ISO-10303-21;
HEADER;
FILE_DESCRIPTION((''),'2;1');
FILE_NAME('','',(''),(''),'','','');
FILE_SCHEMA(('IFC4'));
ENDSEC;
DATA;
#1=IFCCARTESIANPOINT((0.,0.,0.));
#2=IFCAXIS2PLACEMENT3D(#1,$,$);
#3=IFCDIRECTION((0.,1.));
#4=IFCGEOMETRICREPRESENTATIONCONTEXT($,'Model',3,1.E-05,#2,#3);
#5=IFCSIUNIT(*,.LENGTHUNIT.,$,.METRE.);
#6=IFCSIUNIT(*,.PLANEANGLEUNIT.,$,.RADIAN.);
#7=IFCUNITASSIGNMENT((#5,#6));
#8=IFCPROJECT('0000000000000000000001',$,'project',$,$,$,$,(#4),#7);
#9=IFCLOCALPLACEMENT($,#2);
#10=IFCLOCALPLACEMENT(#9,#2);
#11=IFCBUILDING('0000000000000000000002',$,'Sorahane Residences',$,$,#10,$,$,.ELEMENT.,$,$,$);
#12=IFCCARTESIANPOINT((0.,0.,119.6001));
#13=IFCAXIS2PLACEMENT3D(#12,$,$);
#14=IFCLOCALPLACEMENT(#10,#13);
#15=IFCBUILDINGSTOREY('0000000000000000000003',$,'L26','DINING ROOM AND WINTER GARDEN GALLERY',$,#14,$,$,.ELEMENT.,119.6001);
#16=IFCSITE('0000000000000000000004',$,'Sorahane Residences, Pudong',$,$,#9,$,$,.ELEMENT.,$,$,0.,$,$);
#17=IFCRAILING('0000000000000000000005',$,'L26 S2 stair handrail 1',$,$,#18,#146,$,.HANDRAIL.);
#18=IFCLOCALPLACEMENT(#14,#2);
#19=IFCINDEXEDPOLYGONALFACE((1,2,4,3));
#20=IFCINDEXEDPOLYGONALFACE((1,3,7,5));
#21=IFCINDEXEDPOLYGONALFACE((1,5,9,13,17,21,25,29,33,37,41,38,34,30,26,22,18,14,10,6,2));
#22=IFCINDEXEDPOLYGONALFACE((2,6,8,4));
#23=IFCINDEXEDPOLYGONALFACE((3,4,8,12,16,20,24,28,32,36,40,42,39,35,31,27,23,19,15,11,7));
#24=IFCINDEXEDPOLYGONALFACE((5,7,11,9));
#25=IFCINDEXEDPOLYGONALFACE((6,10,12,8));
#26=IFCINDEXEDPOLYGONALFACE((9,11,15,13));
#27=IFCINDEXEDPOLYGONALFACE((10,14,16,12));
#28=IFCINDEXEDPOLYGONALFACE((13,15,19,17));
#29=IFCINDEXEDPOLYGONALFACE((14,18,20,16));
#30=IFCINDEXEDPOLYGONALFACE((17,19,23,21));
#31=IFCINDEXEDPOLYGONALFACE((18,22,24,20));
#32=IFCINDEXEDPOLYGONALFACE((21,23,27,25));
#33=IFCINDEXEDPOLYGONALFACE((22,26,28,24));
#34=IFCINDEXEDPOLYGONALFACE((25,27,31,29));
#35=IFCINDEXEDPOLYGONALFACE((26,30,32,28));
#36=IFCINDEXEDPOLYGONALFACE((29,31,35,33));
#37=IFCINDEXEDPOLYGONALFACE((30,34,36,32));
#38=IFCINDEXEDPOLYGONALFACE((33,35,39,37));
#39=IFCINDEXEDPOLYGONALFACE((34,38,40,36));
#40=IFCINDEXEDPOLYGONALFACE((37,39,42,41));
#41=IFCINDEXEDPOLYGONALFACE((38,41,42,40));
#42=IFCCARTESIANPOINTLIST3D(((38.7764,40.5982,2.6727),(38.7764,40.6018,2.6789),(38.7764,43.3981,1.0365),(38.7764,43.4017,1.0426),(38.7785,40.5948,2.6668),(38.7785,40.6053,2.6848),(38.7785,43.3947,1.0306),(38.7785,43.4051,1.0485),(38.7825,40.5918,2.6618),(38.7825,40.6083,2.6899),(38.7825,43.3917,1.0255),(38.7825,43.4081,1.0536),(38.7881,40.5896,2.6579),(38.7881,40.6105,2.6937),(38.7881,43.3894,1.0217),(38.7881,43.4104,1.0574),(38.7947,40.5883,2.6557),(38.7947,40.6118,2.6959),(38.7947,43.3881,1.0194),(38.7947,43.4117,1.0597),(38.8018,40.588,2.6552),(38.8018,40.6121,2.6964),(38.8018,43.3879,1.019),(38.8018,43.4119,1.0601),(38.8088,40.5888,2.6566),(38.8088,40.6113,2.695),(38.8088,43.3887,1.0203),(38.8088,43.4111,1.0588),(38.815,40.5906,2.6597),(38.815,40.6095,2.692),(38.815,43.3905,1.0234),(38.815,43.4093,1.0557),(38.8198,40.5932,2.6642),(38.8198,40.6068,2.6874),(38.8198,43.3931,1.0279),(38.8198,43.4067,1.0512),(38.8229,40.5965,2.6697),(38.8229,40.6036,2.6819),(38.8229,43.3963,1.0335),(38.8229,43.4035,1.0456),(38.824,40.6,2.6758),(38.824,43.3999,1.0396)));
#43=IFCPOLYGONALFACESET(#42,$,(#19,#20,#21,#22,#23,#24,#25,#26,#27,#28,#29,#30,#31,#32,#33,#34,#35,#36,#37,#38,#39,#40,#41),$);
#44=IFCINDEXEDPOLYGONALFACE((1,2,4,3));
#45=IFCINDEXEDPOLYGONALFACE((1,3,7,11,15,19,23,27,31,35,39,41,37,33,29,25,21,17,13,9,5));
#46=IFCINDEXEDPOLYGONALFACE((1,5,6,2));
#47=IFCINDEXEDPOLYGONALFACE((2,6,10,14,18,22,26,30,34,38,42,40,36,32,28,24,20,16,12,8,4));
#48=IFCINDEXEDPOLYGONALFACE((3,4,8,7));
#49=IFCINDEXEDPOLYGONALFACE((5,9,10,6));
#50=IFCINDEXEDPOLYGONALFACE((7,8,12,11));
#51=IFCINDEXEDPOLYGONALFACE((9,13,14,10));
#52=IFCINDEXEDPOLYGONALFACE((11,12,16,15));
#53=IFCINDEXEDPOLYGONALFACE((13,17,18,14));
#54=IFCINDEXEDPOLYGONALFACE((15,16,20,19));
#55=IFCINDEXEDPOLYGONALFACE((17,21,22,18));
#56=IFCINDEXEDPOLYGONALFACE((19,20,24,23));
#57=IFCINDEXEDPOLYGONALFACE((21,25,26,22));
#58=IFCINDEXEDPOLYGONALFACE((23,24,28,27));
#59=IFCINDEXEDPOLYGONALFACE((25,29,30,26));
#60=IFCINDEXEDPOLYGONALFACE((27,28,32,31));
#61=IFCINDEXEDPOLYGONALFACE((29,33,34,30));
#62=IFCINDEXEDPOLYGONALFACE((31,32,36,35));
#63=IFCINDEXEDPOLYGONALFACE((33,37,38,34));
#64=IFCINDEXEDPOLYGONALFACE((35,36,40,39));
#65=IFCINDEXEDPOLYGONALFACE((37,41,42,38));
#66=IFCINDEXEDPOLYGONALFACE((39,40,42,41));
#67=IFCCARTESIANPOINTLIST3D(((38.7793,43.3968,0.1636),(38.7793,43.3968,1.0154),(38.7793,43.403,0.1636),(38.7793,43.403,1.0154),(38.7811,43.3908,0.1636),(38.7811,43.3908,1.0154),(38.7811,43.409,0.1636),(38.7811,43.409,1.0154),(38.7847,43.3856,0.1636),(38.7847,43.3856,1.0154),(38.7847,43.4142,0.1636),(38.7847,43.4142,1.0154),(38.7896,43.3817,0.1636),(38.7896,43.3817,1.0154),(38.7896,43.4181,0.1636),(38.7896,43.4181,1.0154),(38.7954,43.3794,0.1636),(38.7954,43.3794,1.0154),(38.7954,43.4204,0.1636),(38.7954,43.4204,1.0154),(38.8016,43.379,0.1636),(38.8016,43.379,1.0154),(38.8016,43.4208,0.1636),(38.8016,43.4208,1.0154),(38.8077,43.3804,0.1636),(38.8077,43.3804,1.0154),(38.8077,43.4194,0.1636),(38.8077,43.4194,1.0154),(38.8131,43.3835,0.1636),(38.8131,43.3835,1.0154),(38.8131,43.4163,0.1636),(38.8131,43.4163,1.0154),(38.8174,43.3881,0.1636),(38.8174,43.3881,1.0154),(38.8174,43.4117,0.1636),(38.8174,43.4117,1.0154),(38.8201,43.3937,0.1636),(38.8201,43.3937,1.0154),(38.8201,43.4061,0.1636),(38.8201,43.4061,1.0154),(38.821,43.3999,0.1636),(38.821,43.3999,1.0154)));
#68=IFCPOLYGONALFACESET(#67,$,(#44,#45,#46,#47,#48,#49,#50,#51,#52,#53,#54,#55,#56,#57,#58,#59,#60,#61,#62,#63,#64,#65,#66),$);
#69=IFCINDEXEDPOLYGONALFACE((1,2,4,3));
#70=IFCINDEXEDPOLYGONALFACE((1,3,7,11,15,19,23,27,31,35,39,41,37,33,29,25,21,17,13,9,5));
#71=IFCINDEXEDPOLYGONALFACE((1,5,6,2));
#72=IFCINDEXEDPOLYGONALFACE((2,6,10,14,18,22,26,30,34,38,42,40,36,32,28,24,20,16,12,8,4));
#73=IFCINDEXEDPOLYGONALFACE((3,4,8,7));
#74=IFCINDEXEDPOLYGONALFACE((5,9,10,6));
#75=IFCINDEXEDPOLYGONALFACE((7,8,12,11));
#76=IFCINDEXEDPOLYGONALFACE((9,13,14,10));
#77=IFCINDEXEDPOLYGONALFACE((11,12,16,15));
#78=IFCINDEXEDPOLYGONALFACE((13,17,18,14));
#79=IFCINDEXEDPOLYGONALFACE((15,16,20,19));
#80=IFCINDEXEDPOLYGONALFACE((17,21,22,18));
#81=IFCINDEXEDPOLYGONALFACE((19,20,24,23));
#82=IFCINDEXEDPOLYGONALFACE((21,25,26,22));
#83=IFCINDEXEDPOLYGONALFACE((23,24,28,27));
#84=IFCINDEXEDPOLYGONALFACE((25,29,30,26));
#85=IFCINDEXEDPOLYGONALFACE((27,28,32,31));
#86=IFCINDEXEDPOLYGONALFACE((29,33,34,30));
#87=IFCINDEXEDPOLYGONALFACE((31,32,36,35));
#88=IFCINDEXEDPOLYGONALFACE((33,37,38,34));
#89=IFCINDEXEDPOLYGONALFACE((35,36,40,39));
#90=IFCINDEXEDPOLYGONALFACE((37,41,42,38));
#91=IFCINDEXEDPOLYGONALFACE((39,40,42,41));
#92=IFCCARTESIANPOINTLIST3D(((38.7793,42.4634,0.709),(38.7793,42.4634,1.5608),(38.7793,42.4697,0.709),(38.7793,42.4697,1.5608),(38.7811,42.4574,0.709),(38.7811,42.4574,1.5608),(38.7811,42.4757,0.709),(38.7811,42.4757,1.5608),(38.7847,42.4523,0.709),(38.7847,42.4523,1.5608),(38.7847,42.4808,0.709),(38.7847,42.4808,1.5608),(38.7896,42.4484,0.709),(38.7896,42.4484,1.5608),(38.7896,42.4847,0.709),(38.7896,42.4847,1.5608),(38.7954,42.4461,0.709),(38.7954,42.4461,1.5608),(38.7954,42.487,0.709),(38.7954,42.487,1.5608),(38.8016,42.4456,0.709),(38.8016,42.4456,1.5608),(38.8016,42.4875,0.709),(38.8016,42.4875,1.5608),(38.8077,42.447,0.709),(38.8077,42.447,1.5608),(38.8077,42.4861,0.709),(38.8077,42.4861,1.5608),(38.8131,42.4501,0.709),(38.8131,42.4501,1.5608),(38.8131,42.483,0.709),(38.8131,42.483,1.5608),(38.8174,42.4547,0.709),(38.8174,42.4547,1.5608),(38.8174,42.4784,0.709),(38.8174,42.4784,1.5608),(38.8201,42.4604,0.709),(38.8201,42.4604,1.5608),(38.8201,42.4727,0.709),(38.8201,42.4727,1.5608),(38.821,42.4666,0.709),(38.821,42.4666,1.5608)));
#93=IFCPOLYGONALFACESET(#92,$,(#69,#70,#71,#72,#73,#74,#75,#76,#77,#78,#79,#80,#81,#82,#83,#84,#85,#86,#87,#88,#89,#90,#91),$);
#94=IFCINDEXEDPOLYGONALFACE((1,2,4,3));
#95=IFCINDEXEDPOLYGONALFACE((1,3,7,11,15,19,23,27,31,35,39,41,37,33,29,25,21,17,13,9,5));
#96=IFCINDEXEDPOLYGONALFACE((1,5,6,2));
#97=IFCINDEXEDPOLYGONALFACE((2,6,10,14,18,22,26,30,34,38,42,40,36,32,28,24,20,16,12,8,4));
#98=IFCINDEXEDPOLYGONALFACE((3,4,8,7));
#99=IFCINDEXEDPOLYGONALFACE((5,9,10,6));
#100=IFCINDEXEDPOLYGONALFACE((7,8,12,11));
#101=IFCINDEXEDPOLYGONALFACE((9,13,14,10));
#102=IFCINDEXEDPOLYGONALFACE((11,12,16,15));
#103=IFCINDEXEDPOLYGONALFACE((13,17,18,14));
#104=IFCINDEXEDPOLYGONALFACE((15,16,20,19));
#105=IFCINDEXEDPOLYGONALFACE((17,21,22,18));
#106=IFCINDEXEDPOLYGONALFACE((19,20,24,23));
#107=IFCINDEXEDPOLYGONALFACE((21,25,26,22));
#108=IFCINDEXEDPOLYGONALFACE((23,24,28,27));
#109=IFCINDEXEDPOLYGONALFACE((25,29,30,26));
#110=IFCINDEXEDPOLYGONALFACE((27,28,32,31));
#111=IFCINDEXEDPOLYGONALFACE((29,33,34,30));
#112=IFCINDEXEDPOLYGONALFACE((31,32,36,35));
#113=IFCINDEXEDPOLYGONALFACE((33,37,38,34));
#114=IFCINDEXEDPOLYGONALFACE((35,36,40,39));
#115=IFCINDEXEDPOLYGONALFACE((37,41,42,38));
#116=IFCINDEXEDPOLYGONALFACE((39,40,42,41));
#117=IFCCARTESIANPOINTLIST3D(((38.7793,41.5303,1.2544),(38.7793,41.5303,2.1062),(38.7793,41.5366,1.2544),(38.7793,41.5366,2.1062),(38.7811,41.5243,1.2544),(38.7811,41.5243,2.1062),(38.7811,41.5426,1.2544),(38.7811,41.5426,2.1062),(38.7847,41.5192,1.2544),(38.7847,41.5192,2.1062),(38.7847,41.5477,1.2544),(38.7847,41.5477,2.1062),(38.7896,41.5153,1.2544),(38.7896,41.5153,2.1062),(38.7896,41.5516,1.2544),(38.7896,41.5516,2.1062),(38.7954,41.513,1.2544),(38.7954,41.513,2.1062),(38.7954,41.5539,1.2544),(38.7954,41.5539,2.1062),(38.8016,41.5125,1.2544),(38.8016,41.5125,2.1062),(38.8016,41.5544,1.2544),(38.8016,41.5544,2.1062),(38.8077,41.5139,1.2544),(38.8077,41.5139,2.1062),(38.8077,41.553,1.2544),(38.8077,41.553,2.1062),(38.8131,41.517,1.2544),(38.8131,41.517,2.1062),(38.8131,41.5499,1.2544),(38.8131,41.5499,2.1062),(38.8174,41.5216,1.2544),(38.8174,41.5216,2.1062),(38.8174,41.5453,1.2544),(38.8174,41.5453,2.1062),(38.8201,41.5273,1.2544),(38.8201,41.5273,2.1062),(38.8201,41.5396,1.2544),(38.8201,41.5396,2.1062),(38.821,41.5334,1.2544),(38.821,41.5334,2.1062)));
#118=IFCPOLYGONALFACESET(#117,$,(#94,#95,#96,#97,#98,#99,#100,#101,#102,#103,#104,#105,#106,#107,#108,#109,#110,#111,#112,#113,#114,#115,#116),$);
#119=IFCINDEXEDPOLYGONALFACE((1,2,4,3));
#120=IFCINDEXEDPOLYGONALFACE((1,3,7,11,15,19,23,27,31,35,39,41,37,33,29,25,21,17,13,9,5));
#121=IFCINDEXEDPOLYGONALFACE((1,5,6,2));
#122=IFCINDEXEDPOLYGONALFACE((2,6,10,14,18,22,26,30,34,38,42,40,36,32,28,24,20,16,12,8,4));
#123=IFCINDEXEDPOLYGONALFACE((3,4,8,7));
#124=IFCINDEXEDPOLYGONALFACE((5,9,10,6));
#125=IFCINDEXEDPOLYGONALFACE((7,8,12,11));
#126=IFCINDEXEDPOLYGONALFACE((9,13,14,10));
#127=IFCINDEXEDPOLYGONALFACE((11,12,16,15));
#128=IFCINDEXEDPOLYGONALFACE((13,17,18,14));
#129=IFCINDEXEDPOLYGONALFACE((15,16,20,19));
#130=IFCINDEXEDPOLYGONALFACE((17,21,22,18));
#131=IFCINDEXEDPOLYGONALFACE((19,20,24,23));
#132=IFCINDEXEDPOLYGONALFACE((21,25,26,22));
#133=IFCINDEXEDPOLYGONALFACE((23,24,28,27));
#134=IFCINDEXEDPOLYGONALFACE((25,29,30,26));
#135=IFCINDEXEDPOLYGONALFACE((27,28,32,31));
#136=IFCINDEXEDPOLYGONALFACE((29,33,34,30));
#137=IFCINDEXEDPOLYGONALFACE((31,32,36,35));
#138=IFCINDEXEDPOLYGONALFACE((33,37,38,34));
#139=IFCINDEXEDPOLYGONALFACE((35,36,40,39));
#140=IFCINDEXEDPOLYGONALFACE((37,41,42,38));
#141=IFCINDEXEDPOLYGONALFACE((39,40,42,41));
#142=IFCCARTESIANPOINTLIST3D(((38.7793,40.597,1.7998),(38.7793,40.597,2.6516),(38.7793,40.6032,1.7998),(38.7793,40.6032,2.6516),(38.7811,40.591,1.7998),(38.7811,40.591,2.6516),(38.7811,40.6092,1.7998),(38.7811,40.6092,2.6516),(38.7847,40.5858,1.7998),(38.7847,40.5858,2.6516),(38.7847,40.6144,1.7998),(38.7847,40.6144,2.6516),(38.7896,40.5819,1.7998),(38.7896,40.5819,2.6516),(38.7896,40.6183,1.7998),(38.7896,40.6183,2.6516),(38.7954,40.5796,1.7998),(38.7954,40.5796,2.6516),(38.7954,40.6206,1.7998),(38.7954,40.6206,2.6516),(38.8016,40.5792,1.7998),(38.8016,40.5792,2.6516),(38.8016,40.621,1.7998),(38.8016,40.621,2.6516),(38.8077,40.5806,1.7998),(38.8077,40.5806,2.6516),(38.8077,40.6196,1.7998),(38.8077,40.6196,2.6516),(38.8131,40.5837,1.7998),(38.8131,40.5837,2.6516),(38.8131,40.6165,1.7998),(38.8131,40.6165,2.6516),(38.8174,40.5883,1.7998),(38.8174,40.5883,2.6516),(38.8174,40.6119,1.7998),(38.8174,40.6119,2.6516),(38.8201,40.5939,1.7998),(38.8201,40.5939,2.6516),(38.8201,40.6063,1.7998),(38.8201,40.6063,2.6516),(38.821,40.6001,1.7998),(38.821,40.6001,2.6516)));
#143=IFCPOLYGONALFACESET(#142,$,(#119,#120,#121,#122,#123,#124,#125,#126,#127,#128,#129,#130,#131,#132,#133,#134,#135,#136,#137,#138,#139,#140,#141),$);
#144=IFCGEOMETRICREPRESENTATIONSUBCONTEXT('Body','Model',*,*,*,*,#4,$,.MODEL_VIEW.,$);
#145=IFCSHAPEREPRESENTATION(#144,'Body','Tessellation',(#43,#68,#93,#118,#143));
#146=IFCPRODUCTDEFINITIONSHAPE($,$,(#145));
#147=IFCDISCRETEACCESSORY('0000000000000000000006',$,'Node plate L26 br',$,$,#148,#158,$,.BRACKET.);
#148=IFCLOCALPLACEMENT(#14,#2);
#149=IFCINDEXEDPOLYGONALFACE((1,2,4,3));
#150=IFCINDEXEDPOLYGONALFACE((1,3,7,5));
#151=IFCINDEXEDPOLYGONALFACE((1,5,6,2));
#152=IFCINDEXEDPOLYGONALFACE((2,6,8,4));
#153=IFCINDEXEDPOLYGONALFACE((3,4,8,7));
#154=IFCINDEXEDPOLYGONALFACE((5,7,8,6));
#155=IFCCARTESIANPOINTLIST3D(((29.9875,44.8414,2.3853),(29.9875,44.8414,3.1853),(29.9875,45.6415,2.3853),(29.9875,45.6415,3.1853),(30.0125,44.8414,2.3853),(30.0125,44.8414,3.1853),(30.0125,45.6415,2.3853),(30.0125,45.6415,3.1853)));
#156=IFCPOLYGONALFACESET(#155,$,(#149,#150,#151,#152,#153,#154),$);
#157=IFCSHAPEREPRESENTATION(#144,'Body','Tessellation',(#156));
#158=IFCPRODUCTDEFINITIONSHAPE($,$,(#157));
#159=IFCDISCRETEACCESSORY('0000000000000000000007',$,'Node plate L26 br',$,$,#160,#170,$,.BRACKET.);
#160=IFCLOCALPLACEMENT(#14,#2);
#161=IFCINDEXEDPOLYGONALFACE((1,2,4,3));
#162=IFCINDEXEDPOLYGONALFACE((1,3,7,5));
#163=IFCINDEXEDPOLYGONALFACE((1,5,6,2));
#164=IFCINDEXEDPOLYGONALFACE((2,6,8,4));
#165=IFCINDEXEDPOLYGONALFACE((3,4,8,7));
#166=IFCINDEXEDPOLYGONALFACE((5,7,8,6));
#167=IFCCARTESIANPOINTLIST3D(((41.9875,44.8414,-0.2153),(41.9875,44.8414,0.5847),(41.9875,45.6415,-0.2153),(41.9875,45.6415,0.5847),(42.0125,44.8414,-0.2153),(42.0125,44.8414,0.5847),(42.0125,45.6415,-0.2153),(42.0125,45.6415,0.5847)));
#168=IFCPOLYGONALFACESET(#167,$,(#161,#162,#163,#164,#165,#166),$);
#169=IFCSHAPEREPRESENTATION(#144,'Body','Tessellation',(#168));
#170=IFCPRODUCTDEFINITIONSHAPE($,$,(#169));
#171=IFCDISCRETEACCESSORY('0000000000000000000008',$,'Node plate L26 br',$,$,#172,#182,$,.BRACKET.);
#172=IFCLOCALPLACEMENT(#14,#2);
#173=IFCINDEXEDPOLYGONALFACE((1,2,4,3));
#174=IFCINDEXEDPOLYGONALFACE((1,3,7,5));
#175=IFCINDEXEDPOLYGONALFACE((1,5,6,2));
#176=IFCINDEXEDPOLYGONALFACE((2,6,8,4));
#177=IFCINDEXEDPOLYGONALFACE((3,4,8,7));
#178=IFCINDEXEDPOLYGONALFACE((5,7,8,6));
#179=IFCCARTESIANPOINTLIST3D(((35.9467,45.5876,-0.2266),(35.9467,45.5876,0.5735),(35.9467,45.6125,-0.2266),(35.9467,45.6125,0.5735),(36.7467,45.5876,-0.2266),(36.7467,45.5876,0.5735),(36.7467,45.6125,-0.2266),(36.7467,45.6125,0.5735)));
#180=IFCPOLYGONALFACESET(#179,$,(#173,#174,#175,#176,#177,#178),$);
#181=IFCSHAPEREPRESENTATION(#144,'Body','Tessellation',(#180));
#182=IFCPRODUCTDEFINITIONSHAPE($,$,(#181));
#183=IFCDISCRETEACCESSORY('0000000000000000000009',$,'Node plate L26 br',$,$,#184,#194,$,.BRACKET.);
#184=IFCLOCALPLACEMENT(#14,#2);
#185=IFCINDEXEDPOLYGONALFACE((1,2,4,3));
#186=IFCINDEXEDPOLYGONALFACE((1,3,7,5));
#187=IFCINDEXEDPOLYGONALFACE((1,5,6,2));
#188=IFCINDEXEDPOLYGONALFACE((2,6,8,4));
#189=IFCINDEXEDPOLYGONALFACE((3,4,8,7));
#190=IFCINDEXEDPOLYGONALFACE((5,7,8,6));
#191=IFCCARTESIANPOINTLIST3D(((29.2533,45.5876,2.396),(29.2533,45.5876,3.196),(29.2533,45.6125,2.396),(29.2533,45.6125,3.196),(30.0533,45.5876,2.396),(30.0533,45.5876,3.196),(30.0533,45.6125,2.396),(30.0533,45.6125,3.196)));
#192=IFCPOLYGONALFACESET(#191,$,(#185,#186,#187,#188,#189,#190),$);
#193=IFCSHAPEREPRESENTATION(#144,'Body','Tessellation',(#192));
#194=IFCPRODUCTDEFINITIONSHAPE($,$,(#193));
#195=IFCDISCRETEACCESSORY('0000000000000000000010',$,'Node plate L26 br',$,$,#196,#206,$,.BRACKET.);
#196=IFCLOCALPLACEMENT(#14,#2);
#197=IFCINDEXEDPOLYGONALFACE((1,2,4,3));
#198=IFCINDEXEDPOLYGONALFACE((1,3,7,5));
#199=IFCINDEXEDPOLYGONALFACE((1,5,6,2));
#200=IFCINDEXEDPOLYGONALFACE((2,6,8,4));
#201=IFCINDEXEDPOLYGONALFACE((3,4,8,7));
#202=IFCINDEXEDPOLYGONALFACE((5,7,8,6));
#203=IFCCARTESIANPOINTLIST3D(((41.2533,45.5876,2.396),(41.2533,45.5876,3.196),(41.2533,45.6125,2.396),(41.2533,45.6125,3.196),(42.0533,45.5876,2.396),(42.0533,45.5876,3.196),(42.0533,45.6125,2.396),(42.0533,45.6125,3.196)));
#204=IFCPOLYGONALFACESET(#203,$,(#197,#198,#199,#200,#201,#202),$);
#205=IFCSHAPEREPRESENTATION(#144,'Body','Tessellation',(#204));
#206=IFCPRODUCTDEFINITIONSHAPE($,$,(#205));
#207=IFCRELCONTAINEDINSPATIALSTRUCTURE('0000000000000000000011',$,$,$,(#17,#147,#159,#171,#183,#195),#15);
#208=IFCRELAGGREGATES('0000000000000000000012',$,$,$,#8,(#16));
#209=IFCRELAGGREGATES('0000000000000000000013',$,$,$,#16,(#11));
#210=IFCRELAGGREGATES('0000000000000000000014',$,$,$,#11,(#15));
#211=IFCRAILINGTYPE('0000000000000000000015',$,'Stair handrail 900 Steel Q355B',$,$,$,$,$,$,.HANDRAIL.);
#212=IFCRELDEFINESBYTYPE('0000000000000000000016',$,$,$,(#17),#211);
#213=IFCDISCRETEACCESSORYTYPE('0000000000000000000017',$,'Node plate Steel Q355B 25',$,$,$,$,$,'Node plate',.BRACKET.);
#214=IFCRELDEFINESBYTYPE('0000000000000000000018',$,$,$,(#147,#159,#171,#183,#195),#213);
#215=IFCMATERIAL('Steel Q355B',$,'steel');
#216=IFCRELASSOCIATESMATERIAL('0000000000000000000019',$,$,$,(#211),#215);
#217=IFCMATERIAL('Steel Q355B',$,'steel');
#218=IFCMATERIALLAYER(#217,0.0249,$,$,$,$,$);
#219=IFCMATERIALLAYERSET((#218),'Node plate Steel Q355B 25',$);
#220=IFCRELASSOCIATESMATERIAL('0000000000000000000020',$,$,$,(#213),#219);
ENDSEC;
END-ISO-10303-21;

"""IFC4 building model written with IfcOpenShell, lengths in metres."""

from ifc_helpers import new_model, si_unit, direction, frame, origin, origin_2d, place, context, subcontext, project, spatial, rectangle, circle, extrude, material, layer, layer_set, type_object, element, save


model = new_model("IFC4")

# Units and contexts
model_context = context("Model", 3, precision=1e-05, world=origin(), true_north=direction((0.0, 1.0)))
body_context = subcontext(model_context, "Body", "Model", "MODEL_VIEW")
ifc_project = project(units=[si_unit("LENGTHUNIT", "METRE"), si_unit("PLANEANGLEUNIT", "RADIAN")], contexts=[model_context])

# Site, building, storey
site_placement = place(None, origin())
site = spatial("IfcSite", under=ifc_project, at=site_placement, Name="Sorahane Residences, Pudong", CompositionType="ELEMENT", RefElevation=0.0)
building_placement = place(site_placement, origin())
building = spatial("IfcBuilding", under=site, at=building_placement, Name="Sorahane Residences", CompositionType="ELEMENT")
storey_placement = place(building_placement, frame((0.0, 0.0, 119.6001)))
storey = spatial("IfcBuildingStorey", under=building, at=storey_placement, Name="L26", Description="DINING ROOM AND WINTER GARDEN GALLERY", CompositionType="ELEMENT", Elevation=119.6001)

# Railing
ifc_material_1 = material(Name="Steel Q355B", Category="steel")
railing_type_1 = type_object("IfcRailingType", Name="Stair handrail 900 Steel Q355B", PredefinedType="HANDRAIL", material=ifc_material_1)
railing_1_placement = place(storey_placement, frame((38.8, 43.3999, 0.1636)))
element("IfcRailing", 1, at=railing_1_placement, inside=storey, type_object=railing_type_1, Name="L26 S2 stair handrail 1", PredefinedType="HANDRAIL", context=body_context, shape_type="SweptSolid", body=[
    extrude(circle(Radius=0.0239, at=origin_2d()), frame((0.0, 0.0, 0.876), z_axis=(0.0, -0.863374, 0.504564), x_axis=(1.0, 0.0, 0.0)), (0.0, 0.0, 1.0), 3.2429),
    extrude(circle(Radius=0.021, at=origin_2d()), origin(), (0.0, 0.0, 1.0), 0.8518),
    extrude(circle(Radius=0.021, at=origin_2d()), frame((0.0, -0.9333, 0.5454)), (0.0, 0.0, 1.0), 0.8518),
    extrude(circle(Radius=0.021, at=origin_2d()), frame((0.0, -1.8665, 1.0908)), (0.0, 0.0, 1.0), 0.8518),
    extrude(circle(Radius=0.021, at=origin_2d()), frame((0.0, -2.7998, 1.6362)), (0.0, 0.0, 1.0), 0.8518),
])

# Discrete accessories
ifc_material_2 = material(Name="Steel Q355B", Category="steel")
ifc_layer_1 = layer(ifc_material_2, 0.0249)
ifc_layer_set_1 = layer_set([ifc_layer_1], Name="Node plate Steel Q355B 25")
discrete_accessory_type = type_object("IfcDiscreteAccessoryType", Name="Node plate Steel Q355B 25", ElementType="Node plate", PredefinedType="BRACKET", material=ifc_layer_set_1)
for number, where, z_axis, x_axis, name in (
    (2, (30.0, 45.2415, 2.3853), (0.0, 0.0, 1.0), (0.0, 1.0, 0.0), "Node plate L26 br"),
    (3, (42.0, 45.2415, -0.2153), (0.0, 0.0, 1.0), (0.0, 1.0, 0.0), "Node plate L26 br"),
    (4, (36.3467, 45.6001, -0.2266), (0.0, 0.0, 1.0), (1.0, 0.0, 0.0), "Node plate L26 br"),
    (5, (29.6533, 45.6001, 2.396), (0.0, 0.0, 1.0), (1.0, 0.0, 0.0), "Node plate L26 br"),
    (6, (41.6533, 45.6001, 2.396), (0.0, 0.0, 1.0), (1.0, 0.0, 0.0), "Node plate L26 br"),
):
    element("IfcDiscreteAccessory", number, at=place(storey_placement, frame(where, z_axis=z_axis, x_axis=x_axis)), inside=storey, type_object=discrete_accessory_type, Name=name, PredefinedType="BRACKET", context=body_context, shape_type="SweptSolid", body=[
        extrude(rectangle(XDim=0.8, YDim=0.0249, at=origin_2d()), origin(), (0.0, 0.0, 1.0), 0.8),
    ])

save(model, "model.ifc")
